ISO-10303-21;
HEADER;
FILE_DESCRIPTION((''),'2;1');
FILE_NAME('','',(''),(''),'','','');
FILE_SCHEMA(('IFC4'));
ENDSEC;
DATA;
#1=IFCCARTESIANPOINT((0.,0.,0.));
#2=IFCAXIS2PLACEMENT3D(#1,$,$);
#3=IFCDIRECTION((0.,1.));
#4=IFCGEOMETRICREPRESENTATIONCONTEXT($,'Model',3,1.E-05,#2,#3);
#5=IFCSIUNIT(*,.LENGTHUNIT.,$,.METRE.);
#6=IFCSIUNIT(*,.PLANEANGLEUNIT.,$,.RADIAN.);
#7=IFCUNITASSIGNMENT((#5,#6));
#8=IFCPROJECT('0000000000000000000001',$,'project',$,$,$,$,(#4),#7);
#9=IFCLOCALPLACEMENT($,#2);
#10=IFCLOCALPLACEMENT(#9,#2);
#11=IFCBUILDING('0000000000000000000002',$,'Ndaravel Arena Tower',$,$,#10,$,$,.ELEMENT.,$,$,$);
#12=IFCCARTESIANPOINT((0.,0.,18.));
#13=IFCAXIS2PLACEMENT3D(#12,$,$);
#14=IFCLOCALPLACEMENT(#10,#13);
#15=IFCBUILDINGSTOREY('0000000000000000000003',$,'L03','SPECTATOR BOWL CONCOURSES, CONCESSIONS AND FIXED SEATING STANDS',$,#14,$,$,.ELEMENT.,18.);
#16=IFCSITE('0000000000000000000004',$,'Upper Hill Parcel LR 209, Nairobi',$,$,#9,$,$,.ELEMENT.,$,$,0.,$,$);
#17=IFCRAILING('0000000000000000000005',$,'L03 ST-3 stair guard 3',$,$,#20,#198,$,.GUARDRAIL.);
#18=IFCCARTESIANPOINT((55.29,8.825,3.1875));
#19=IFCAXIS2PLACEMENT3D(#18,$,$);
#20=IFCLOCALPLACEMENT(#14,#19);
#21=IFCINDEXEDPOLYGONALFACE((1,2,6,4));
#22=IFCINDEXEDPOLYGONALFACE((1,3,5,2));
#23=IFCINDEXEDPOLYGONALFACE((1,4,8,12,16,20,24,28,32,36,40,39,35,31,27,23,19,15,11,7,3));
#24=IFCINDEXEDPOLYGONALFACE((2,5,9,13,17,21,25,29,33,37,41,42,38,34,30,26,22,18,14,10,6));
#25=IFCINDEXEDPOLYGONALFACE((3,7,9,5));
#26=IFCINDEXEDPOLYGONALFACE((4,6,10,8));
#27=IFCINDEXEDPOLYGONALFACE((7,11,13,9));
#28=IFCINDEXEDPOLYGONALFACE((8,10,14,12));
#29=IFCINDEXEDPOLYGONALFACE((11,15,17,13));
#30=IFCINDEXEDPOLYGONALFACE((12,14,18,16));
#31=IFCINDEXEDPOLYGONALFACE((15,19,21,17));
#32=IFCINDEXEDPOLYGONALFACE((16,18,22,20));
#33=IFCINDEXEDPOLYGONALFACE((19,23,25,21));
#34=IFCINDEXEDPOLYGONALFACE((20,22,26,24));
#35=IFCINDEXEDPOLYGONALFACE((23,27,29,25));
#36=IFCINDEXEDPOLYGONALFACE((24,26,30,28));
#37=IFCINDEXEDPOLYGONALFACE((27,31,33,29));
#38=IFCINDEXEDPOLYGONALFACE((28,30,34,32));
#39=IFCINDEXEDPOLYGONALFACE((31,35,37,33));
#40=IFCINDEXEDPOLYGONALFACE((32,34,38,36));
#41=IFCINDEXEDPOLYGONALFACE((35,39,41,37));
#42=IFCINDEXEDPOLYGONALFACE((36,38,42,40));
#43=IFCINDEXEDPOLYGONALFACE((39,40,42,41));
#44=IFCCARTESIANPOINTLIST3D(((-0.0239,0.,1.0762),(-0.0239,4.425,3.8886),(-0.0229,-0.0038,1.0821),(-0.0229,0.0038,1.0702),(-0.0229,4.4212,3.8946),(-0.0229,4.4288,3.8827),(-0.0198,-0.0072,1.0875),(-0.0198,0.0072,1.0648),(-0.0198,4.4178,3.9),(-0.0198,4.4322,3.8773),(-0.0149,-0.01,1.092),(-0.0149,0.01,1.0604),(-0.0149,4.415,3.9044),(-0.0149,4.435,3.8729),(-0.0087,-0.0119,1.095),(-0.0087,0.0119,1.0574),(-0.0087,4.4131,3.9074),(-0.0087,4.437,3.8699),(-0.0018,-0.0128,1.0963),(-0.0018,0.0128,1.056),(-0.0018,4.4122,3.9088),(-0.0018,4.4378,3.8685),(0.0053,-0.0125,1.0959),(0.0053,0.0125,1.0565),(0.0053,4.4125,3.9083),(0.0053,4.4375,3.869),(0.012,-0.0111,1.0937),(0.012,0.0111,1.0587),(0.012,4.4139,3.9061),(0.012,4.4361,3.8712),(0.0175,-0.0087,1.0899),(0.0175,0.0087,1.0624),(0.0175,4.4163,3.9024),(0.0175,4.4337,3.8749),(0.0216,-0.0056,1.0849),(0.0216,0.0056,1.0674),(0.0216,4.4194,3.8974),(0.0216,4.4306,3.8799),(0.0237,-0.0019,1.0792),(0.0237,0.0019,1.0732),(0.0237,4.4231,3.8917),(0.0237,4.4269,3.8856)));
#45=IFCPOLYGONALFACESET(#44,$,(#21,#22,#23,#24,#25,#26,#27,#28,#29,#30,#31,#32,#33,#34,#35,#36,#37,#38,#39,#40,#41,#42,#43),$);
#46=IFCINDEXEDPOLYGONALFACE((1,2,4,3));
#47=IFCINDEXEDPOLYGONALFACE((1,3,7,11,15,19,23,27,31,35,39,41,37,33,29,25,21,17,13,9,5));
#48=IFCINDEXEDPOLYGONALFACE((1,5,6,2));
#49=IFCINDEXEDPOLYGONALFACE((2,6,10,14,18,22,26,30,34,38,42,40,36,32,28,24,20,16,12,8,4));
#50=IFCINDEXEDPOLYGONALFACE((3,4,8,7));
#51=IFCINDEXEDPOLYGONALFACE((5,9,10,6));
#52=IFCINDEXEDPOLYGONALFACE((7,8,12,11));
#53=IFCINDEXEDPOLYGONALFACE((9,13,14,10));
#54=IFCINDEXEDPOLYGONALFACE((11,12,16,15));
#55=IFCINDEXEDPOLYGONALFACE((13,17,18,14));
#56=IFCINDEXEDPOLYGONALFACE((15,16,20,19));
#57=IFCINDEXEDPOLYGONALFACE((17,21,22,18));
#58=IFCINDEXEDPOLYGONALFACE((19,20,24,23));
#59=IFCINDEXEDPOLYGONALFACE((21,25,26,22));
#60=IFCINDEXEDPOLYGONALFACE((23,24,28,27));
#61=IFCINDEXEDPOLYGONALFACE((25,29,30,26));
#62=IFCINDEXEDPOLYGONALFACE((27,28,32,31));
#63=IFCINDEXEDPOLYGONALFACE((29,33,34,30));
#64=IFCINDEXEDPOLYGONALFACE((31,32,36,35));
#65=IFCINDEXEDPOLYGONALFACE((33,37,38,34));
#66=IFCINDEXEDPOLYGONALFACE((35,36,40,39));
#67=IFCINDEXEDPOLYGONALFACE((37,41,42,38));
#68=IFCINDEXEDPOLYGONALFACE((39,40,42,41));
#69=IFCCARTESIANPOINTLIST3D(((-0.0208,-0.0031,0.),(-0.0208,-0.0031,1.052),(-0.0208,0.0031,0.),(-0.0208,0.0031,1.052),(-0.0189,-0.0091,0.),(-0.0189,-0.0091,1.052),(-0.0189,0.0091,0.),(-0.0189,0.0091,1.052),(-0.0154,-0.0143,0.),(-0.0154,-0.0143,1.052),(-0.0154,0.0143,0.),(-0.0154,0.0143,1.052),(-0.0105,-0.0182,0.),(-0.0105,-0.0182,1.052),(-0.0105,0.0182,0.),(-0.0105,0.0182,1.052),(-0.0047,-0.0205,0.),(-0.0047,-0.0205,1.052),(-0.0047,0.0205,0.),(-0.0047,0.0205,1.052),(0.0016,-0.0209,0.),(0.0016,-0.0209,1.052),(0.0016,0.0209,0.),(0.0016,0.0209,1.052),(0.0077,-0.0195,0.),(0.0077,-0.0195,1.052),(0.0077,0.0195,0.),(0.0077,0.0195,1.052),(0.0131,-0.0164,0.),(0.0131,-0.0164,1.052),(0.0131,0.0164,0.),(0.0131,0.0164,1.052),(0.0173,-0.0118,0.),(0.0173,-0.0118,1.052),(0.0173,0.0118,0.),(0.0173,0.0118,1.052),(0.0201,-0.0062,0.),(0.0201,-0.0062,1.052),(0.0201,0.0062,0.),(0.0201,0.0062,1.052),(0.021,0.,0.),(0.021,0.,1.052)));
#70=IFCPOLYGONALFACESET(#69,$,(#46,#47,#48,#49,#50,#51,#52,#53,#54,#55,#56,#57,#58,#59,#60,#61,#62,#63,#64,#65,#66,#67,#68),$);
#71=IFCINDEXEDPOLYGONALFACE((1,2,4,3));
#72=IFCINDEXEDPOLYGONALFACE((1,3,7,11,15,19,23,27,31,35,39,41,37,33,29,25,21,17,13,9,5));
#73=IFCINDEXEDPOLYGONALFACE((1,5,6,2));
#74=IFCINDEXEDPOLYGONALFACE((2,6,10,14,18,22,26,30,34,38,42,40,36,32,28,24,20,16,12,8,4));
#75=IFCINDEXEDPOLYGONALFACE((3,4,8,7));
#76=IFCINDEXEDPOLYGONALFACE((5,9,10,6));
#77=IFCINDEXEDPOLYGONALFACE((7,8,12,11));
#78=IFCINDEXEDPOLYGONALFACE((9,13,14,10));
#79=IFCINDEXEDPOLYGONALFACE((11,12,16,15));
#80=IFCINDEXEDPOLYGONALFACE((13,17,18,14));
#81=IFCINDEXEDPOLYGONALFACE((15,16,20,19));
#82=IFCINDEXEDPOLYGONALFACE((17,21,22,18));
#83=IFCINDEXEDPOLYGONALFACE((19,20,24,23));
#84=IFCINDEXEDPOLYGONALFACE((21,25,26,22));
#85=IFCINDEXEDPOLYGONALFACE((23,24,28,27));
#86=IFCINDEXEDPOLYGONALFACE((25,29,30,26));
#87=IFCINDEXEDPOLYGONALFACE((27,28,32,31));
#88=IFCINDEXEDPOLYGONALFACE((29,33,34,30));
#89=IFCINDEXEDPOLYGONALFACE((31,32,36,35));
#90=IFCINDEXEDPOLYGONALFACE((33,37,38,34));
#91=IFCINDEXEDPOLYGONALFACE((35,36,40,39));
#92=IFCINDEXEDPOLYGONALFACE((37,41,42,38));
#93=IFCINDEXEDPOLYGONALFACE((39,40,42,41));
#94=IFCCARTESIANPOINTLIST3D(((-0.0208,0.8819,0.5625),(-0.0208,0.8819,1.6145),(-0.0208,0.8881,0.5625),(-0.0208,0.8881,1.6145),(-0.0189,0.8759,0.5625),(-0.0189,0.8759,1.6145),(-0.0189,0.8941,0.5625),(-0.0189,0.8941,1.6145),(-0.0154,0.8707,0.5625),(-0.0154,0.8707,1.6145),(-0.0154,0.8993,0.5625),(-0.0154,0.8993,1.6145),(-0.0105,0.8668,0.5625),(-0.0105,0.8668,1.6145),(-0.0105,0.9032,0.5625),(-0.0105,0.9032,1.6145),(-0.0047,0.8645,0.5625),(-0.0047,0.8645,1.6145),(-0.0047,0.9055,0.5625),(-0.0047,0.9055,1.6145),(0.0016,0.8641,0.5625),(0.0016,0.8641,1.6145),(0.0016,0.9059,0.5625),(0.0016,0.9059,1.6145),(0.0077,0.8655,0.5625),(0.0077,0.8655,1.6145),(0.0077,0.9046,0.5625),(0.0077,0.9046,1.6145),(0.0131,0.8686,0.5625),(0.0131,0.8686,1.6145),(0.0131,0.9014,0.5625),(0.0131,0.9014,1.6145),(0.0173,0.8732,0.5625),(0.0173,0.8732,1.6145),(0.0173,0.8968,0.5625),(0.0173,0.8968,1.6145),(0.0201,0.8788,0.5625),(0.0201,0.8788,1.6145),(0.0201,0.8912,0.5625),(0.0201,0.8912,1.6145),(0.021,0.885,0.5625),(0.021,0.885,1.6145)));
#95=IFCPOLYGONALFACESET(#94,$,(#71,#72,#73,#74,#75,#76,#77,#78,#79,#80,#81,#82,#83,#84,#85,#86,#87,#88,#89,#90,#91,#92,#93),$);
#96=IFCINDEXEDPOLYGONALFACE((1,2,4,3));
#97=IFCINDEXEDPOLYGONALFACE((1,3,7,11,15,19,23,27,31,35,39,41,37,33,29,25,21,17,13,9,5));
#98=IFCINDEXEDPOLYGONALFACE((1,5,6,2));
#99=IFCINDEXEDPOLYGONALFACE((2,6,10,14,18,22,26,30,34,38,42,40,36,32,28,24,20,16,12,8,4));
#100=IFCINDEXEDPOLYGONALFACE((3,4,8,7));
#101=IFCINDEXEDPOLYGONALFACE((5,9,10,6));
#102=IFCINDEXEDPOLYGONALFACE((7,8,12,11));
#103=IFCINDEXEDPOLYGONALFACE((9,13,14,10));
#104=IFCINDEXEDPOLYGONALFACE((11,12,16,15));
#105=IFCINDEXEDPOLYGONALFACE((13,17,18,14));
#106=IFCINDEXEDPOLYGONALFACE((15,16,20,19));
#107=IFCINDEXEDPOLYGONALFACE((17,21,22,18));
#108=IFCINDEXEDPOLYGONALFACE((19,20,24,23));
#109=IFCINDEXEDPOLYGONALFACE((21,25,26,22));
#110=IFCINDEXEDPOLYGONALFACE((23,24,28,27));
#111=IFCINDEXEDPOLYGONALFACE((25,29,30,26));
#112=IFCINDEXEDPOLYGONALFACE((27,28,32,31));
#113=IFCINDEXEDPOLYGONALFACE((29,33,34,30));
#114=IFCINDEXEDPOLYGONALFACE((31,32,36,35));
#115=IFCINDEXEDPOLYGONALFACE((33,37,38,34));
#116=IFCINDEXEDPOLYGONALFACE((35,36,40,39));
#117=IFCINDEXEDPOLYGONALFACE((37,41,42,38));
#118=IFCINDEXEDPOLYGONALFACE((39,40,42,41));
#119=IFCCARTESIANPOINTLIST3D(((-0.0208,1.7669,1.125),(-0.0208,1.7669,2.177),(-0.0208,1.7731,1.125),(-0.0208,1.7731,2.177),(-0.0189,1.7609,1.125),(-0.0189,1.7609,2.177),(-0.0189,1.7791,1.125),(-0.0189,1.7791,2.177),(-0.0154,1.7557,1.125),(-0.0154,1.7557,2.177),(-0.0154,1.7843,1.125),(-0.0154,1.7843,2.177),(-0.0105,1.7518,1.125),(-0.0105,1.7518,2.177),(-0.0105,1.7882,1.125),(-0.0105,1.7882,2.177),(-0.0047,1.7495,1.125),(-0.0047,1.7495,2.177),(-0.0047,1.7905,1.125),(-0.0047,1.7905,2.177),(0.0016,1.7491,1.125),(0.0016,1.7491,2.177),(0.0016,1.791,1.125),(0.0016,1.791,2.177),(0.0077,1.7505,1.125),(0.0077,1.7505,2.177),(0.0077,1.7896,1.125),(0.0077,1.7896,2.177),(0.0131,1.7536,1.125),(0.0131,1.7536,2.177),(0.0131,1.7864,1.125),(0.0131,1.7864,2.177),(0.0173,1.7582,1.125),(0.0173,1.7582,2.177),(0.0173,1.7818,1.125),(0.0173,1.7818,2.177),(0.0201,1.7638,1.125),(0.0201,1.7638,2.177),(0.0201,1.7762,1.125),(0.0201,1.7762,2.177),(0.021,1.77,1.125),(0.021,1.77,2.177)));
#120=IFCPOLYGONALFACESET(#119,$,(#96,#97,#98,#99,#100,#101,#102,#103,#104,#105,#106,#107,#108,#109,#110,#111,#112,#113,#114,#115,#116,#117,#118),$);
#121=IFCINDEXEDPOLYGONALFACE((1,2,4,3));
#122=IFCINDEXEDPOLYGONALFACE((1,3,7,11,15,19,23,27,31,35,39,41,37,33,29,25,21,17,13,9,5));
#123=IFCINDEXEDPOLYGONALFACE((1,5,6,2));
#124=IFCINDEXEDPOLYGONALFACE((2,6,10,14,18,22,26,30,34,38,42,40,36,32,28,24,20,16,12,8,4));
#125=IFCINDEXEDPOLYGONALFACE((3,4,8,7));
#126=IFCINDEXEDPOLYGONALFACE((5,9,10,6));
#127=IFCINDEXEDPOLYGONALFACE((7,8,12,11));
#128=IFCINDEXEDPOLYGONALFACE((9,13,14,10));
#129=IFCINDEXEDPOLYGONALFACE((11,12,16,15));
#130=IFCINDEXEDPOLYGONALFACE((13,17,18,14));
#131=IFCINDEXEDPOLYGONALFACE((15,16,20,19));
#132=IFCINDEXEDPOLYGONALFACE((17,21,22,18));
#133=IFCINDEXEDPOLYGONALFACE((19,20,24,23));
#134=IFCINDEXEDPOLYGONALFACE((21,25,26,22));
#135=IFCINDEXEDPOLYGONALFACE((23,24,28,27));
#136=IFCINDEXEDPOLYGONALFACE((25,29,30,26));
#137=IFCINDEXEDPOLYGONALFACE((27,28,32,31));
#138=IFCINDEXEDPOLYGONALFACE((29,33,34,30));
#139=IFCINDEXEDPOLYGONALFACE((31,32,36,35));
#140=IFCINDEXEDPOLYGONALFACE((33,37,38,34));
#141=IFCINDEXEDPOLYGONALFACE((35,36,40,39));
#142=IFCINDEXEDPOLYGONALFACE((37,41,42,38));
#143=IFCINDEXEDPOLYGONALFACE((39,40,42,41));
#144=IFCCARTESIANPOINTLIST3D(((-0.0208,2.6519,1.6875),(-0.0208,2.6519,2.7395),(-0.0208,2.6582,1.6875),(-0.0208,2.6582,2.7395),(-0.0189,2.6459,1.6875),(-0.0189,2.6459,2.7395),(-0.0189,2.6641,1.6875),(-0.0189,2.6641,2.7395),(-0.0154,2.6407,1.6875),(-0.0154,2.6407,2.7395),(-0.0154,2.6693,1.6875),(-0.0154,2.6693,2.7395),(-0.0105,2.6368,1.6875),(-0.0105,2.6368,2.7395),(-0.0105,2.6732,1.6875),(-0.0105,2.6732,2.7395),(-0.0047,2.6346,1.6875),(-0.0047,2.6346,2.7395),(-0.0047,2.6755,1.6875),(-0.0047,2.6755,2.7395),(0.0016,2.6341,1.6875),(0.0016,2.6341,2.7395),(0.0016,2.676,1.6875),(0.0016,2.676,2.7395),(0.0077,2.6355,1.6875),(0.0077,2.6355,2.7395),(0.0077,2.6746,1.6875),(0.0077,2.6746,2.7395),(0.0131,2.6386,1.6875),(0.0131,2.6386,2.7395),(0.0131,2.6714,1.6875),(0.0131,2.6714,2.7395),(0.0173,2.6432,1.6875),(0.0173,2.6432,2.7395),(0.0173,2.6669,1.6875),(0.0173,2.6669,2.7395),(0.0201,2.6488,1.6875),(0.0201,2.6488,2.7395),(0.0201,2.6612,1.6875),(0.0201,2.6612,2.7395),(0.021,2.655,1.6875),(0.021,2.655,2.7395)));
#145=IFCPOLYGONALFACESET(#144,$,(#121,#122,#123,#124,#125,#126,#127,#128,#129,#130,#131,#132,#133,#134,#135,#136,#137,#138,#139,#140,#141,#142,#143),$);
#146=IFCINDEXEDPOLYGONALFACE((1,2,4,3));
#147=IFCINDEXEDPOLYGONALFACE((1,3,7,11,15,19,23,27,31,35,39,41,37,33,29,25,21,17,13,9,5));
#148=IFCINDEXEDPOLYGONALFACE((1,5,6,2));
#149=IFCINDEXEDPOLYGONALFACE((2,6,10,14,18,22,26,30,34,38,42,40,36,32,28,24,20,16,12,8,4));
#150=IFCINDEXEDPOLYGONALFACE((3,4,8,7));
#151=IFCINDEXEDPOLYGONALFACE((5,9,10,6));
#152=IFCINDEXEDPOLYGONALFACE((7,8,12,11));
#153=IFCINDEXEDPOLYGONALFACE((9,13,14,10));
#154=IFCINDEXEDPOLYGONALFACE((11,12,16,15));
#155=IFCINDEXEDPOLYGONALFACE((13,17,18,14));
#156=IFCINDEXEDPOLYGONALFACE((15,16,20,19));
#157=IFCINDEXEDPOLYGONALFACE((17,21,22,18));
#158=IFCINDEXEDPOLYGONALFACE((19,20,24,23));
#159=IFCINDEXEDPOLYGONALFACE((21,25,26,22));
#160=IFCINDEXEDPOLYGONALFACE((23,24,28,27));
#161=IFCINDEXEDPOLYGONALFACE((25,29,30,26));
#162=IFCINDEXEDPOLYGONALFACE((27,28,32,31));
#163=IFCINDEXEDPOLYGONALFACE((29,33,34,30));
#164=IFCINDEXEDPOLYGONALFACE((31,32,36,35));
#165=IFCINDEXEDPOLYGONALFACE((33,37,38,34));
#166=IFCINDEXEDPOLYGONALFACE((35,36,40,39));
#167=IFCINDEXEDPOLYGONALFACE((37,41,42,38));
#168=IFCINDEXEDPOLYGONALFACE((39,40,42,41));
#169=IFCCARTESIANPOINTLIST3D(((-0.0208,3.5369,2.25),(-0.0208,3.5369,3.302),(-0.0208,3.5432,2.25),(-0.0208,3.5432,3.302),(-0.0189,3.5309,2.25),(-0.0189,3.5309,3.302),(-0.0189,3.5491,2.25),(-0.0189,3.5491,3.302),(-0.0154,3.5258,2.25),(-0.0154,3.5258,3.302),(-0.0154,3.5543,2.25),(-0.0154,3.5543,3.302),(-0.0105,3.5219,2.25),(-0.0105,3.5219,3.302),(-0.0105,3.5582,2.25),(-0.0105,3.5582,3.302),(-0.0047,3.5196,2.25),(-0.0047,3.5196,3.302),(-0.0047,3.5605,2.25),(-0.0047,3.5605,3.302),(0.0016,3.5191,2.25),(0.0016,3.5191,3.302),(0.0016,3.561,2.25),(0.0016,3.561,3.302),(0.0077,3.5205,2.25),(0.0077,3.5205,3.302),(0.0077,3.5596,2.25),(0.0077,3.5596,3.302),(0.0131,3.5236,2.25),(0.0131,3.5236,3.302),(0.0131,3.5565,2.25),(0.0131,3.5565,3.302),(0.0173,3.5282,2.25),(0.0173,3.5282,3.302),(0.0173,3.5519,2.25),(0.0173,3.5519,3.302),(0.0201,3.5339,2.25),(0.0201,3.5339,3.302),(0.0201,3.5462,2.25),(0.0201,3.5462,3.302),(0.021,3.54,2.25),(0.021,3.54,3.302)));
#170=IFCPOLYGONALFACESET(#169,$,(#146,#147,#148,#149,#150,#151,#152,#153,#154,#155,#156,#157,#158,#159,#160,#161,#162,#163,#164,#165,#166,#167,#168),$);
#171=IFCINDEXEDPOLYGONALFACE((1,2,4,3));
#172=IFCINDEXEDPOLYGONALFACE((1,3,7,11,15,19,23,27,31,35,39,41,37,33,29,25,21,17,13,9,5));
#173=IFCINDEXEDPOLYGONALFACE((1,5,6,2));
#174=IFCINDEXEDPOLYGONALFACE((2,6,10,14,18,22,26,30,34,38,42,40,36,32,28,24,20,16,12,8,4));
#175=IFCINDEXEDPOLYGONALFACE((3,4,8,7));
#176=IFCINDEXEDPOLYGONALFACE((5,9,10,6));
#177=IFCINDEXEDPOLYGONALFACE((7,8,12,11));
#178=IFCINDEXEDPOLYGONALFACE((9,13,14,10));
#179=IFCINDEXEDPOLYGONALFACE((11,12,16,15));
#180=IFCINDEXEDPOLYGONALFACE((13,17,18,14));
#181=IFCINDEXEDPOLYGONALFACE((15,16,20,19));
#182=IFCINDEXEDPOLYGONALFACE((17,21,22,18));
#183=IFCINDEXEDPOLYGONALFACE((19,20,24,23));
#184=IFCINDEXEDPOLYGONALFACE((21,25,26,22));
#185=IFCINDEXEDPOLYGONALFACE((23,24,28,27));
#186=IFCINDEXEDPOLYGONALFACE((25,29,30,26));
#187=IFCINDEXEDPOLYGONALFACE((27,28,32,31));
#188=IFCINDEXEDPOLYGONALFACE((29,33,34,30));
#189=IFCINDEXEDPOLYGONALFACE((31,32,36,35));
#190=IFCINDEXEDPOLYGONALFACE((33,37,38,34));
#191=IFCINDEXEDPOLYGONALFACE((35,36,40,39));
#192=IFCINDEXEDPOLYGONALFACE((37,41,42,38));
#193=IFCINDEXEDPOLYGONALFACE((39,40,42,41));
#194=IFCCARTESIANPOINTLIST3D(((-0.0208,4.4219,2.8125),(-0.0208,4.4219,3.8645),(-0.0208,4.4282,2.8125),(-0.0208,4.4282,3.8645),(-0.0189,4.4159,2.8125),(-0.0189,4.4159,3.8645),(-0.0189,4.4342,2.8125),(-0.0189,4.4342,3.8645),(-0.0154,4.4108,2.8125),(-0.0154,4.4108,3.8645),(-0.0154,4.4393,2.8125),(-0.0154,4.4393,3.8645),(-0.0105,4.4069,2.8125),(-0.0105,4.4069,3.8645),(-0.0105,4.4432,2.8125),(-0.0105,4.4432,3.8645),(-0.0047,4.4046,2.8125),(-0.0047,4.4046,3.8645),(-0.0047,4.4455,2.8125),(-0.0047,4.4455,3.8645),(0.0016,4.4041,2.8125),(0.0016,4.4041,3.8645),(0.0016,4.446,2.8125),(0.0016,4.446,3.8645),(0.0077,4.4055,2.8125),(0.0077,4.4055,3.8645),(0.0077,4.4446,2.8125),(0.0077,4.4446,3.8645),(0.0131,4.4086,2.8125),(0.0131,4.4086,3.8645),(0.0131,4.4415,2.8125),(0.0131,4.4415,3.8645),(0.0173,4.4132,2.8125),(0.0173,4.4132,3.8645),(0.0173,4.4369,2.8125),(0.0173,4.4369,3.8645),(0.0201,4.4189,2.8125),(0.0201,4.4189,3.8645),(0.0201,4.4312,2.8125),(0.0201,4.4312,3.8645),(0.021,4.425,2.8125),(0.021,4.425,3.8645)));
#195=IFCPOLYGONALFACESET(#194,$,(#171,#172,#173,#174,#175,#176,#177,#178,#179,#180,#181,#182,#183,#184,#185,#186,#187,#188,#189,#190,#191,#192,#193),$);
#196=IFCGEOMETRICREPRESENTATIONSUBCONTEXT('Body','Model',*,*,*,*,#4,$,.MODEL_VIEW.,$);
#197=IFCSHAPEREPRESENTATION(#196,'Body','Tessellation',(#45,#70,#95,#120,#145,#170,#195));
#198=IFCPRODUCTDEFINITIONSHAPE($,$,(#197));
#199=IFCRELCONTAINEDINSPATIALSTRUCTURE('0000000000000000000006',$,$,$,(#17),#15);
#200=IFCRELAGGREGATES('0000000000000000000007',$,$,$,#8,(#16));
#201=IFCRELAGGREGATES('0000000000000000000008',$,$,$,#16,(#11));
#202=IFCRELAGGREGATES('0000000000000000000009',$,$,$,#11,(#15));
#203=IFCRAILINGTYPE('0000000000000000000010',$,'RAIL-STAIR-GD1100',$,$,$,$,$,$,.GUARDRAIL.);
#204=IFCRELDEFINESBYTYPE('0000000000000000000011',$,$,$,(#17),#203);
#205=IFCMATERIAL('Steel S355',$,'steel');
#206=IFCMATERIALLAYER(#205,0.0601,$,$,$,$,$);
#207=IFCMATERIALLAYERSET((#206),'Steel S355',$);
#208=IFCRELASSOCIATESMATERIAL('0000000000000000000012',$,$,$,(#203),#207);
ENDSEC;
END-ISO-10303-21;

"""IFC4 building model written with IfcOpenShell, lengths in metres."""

from ifc_helpers import new_model, si_unit, direction, frame, origin, origin_2d, place, context, subcontext, project, spatial, circle, extrude, material, layer, layer_set, type_object, element, save


model = new_model("IFC4")

# Units and contexts
model_context = context("Model", 3, precision=1e-05, world=origin(), true_north=direction((0.0, 1.0)))
body_context = subcontext(model_context, "Body", "Model", "MODEL_VIEW")
ifc_project = project(units=[si_unit("LENGTHUNIT", "METRE"), si_unit("PLANEANGLEUNIT", "RADIAN")], contexts=[model_context])

# Site, building, storey
site_placement = place(None, origin())
site = spatial("IfcSite", under=ifc_project, at=site_placement, Name="Upper Hill Parcel LR 209, Nairobi", CompositionType="ELEMENT", RefElevation=0.0)
building_placement = place(site_placement, origin())
building = spatial("IfcBuilding", under=site, at=building_placement, Name="Ndaravel Arena Tower", CompositionType="ELEMENT")
storey_placement = place(building_placement, frame((0.0, 0.0, 18.0)))
storey = spatial("IfcBuildingStorey", under=building, at=storey_placement, Name="L03", Description="SPECTATOR BOWL CONCOURSES, CONCESSIONS AND FIXED SEATING STANDS", CompositionType="ELEMENT", Elevation=18.0)

# Railing
ifc_material_1 = material(Name="Steel S355", Category="steel")
ifc_layer_1 = layer(ifc_material_1, 0.0601)
ifc_layer_set_1 = layer_set([ifc_layer_1], Name="Steel S355")
railing_type_1 = type_object("IfcRailingType", Name="RAIL-STAIR-GD1100", PredefinedType="GUARDRAIL", material=ifc_layer_set_1)
railing_1_placement = place(storey_placement, frame((55.29, 8.825, 3.1875)))
element("IfcRailing", 1, at=railing_1_placement, inside=storey, type_object=railing_type_1, Name="L03 ST-3 stair guard 3", PredefinedType="GUARDRAIL", context=body_context, shape_type="SweptSolid", body=[
    extrude(circle(Radius=0.0239, at=origin_2d()), frame((0.0, 0.0, 1.0762), z_axis=(0.0, 0.843959, 0.536408), x_axis=(-1.0, 0.0, 0.0)), (0.0, 0.0, 1.0), 5.2432),
    extrude(circle(Radius=0.021, at=origin_2d()), origin(), (0.0, 0.0, 1.0), 1.052),
    extrude(circle(Radius=0.021, at=origin_2d()), frame((0.0, 0.885, 0.5625)), (0.0, 0.0, 1.0), 1.052),
    extrude(circle(Radius=0.021, at=origin_2d()), frame((0.0, 1.77, 1.125)), (0.0, 0.0, 1.0), 1.052),
    extrude(circle(Radius=0.021, at=origin_2d()), frame((0.0, 2.655, 1.6875)), (0.0, 0.0, 1.0), 1.052),
    extrude(circle(Radius=0.021, at=origin_2d()), frame((0.0, 3.54, 2.25)), (0.0, 0.0, 1.0), 1.052),
    extrude(circle(Radius=0.021, at=origin_2d()), frame((0.0, 4.425, 2.8125)), (0.0, 0.0, 1.0), 1.052),
])

save(model, "model.ifc")
